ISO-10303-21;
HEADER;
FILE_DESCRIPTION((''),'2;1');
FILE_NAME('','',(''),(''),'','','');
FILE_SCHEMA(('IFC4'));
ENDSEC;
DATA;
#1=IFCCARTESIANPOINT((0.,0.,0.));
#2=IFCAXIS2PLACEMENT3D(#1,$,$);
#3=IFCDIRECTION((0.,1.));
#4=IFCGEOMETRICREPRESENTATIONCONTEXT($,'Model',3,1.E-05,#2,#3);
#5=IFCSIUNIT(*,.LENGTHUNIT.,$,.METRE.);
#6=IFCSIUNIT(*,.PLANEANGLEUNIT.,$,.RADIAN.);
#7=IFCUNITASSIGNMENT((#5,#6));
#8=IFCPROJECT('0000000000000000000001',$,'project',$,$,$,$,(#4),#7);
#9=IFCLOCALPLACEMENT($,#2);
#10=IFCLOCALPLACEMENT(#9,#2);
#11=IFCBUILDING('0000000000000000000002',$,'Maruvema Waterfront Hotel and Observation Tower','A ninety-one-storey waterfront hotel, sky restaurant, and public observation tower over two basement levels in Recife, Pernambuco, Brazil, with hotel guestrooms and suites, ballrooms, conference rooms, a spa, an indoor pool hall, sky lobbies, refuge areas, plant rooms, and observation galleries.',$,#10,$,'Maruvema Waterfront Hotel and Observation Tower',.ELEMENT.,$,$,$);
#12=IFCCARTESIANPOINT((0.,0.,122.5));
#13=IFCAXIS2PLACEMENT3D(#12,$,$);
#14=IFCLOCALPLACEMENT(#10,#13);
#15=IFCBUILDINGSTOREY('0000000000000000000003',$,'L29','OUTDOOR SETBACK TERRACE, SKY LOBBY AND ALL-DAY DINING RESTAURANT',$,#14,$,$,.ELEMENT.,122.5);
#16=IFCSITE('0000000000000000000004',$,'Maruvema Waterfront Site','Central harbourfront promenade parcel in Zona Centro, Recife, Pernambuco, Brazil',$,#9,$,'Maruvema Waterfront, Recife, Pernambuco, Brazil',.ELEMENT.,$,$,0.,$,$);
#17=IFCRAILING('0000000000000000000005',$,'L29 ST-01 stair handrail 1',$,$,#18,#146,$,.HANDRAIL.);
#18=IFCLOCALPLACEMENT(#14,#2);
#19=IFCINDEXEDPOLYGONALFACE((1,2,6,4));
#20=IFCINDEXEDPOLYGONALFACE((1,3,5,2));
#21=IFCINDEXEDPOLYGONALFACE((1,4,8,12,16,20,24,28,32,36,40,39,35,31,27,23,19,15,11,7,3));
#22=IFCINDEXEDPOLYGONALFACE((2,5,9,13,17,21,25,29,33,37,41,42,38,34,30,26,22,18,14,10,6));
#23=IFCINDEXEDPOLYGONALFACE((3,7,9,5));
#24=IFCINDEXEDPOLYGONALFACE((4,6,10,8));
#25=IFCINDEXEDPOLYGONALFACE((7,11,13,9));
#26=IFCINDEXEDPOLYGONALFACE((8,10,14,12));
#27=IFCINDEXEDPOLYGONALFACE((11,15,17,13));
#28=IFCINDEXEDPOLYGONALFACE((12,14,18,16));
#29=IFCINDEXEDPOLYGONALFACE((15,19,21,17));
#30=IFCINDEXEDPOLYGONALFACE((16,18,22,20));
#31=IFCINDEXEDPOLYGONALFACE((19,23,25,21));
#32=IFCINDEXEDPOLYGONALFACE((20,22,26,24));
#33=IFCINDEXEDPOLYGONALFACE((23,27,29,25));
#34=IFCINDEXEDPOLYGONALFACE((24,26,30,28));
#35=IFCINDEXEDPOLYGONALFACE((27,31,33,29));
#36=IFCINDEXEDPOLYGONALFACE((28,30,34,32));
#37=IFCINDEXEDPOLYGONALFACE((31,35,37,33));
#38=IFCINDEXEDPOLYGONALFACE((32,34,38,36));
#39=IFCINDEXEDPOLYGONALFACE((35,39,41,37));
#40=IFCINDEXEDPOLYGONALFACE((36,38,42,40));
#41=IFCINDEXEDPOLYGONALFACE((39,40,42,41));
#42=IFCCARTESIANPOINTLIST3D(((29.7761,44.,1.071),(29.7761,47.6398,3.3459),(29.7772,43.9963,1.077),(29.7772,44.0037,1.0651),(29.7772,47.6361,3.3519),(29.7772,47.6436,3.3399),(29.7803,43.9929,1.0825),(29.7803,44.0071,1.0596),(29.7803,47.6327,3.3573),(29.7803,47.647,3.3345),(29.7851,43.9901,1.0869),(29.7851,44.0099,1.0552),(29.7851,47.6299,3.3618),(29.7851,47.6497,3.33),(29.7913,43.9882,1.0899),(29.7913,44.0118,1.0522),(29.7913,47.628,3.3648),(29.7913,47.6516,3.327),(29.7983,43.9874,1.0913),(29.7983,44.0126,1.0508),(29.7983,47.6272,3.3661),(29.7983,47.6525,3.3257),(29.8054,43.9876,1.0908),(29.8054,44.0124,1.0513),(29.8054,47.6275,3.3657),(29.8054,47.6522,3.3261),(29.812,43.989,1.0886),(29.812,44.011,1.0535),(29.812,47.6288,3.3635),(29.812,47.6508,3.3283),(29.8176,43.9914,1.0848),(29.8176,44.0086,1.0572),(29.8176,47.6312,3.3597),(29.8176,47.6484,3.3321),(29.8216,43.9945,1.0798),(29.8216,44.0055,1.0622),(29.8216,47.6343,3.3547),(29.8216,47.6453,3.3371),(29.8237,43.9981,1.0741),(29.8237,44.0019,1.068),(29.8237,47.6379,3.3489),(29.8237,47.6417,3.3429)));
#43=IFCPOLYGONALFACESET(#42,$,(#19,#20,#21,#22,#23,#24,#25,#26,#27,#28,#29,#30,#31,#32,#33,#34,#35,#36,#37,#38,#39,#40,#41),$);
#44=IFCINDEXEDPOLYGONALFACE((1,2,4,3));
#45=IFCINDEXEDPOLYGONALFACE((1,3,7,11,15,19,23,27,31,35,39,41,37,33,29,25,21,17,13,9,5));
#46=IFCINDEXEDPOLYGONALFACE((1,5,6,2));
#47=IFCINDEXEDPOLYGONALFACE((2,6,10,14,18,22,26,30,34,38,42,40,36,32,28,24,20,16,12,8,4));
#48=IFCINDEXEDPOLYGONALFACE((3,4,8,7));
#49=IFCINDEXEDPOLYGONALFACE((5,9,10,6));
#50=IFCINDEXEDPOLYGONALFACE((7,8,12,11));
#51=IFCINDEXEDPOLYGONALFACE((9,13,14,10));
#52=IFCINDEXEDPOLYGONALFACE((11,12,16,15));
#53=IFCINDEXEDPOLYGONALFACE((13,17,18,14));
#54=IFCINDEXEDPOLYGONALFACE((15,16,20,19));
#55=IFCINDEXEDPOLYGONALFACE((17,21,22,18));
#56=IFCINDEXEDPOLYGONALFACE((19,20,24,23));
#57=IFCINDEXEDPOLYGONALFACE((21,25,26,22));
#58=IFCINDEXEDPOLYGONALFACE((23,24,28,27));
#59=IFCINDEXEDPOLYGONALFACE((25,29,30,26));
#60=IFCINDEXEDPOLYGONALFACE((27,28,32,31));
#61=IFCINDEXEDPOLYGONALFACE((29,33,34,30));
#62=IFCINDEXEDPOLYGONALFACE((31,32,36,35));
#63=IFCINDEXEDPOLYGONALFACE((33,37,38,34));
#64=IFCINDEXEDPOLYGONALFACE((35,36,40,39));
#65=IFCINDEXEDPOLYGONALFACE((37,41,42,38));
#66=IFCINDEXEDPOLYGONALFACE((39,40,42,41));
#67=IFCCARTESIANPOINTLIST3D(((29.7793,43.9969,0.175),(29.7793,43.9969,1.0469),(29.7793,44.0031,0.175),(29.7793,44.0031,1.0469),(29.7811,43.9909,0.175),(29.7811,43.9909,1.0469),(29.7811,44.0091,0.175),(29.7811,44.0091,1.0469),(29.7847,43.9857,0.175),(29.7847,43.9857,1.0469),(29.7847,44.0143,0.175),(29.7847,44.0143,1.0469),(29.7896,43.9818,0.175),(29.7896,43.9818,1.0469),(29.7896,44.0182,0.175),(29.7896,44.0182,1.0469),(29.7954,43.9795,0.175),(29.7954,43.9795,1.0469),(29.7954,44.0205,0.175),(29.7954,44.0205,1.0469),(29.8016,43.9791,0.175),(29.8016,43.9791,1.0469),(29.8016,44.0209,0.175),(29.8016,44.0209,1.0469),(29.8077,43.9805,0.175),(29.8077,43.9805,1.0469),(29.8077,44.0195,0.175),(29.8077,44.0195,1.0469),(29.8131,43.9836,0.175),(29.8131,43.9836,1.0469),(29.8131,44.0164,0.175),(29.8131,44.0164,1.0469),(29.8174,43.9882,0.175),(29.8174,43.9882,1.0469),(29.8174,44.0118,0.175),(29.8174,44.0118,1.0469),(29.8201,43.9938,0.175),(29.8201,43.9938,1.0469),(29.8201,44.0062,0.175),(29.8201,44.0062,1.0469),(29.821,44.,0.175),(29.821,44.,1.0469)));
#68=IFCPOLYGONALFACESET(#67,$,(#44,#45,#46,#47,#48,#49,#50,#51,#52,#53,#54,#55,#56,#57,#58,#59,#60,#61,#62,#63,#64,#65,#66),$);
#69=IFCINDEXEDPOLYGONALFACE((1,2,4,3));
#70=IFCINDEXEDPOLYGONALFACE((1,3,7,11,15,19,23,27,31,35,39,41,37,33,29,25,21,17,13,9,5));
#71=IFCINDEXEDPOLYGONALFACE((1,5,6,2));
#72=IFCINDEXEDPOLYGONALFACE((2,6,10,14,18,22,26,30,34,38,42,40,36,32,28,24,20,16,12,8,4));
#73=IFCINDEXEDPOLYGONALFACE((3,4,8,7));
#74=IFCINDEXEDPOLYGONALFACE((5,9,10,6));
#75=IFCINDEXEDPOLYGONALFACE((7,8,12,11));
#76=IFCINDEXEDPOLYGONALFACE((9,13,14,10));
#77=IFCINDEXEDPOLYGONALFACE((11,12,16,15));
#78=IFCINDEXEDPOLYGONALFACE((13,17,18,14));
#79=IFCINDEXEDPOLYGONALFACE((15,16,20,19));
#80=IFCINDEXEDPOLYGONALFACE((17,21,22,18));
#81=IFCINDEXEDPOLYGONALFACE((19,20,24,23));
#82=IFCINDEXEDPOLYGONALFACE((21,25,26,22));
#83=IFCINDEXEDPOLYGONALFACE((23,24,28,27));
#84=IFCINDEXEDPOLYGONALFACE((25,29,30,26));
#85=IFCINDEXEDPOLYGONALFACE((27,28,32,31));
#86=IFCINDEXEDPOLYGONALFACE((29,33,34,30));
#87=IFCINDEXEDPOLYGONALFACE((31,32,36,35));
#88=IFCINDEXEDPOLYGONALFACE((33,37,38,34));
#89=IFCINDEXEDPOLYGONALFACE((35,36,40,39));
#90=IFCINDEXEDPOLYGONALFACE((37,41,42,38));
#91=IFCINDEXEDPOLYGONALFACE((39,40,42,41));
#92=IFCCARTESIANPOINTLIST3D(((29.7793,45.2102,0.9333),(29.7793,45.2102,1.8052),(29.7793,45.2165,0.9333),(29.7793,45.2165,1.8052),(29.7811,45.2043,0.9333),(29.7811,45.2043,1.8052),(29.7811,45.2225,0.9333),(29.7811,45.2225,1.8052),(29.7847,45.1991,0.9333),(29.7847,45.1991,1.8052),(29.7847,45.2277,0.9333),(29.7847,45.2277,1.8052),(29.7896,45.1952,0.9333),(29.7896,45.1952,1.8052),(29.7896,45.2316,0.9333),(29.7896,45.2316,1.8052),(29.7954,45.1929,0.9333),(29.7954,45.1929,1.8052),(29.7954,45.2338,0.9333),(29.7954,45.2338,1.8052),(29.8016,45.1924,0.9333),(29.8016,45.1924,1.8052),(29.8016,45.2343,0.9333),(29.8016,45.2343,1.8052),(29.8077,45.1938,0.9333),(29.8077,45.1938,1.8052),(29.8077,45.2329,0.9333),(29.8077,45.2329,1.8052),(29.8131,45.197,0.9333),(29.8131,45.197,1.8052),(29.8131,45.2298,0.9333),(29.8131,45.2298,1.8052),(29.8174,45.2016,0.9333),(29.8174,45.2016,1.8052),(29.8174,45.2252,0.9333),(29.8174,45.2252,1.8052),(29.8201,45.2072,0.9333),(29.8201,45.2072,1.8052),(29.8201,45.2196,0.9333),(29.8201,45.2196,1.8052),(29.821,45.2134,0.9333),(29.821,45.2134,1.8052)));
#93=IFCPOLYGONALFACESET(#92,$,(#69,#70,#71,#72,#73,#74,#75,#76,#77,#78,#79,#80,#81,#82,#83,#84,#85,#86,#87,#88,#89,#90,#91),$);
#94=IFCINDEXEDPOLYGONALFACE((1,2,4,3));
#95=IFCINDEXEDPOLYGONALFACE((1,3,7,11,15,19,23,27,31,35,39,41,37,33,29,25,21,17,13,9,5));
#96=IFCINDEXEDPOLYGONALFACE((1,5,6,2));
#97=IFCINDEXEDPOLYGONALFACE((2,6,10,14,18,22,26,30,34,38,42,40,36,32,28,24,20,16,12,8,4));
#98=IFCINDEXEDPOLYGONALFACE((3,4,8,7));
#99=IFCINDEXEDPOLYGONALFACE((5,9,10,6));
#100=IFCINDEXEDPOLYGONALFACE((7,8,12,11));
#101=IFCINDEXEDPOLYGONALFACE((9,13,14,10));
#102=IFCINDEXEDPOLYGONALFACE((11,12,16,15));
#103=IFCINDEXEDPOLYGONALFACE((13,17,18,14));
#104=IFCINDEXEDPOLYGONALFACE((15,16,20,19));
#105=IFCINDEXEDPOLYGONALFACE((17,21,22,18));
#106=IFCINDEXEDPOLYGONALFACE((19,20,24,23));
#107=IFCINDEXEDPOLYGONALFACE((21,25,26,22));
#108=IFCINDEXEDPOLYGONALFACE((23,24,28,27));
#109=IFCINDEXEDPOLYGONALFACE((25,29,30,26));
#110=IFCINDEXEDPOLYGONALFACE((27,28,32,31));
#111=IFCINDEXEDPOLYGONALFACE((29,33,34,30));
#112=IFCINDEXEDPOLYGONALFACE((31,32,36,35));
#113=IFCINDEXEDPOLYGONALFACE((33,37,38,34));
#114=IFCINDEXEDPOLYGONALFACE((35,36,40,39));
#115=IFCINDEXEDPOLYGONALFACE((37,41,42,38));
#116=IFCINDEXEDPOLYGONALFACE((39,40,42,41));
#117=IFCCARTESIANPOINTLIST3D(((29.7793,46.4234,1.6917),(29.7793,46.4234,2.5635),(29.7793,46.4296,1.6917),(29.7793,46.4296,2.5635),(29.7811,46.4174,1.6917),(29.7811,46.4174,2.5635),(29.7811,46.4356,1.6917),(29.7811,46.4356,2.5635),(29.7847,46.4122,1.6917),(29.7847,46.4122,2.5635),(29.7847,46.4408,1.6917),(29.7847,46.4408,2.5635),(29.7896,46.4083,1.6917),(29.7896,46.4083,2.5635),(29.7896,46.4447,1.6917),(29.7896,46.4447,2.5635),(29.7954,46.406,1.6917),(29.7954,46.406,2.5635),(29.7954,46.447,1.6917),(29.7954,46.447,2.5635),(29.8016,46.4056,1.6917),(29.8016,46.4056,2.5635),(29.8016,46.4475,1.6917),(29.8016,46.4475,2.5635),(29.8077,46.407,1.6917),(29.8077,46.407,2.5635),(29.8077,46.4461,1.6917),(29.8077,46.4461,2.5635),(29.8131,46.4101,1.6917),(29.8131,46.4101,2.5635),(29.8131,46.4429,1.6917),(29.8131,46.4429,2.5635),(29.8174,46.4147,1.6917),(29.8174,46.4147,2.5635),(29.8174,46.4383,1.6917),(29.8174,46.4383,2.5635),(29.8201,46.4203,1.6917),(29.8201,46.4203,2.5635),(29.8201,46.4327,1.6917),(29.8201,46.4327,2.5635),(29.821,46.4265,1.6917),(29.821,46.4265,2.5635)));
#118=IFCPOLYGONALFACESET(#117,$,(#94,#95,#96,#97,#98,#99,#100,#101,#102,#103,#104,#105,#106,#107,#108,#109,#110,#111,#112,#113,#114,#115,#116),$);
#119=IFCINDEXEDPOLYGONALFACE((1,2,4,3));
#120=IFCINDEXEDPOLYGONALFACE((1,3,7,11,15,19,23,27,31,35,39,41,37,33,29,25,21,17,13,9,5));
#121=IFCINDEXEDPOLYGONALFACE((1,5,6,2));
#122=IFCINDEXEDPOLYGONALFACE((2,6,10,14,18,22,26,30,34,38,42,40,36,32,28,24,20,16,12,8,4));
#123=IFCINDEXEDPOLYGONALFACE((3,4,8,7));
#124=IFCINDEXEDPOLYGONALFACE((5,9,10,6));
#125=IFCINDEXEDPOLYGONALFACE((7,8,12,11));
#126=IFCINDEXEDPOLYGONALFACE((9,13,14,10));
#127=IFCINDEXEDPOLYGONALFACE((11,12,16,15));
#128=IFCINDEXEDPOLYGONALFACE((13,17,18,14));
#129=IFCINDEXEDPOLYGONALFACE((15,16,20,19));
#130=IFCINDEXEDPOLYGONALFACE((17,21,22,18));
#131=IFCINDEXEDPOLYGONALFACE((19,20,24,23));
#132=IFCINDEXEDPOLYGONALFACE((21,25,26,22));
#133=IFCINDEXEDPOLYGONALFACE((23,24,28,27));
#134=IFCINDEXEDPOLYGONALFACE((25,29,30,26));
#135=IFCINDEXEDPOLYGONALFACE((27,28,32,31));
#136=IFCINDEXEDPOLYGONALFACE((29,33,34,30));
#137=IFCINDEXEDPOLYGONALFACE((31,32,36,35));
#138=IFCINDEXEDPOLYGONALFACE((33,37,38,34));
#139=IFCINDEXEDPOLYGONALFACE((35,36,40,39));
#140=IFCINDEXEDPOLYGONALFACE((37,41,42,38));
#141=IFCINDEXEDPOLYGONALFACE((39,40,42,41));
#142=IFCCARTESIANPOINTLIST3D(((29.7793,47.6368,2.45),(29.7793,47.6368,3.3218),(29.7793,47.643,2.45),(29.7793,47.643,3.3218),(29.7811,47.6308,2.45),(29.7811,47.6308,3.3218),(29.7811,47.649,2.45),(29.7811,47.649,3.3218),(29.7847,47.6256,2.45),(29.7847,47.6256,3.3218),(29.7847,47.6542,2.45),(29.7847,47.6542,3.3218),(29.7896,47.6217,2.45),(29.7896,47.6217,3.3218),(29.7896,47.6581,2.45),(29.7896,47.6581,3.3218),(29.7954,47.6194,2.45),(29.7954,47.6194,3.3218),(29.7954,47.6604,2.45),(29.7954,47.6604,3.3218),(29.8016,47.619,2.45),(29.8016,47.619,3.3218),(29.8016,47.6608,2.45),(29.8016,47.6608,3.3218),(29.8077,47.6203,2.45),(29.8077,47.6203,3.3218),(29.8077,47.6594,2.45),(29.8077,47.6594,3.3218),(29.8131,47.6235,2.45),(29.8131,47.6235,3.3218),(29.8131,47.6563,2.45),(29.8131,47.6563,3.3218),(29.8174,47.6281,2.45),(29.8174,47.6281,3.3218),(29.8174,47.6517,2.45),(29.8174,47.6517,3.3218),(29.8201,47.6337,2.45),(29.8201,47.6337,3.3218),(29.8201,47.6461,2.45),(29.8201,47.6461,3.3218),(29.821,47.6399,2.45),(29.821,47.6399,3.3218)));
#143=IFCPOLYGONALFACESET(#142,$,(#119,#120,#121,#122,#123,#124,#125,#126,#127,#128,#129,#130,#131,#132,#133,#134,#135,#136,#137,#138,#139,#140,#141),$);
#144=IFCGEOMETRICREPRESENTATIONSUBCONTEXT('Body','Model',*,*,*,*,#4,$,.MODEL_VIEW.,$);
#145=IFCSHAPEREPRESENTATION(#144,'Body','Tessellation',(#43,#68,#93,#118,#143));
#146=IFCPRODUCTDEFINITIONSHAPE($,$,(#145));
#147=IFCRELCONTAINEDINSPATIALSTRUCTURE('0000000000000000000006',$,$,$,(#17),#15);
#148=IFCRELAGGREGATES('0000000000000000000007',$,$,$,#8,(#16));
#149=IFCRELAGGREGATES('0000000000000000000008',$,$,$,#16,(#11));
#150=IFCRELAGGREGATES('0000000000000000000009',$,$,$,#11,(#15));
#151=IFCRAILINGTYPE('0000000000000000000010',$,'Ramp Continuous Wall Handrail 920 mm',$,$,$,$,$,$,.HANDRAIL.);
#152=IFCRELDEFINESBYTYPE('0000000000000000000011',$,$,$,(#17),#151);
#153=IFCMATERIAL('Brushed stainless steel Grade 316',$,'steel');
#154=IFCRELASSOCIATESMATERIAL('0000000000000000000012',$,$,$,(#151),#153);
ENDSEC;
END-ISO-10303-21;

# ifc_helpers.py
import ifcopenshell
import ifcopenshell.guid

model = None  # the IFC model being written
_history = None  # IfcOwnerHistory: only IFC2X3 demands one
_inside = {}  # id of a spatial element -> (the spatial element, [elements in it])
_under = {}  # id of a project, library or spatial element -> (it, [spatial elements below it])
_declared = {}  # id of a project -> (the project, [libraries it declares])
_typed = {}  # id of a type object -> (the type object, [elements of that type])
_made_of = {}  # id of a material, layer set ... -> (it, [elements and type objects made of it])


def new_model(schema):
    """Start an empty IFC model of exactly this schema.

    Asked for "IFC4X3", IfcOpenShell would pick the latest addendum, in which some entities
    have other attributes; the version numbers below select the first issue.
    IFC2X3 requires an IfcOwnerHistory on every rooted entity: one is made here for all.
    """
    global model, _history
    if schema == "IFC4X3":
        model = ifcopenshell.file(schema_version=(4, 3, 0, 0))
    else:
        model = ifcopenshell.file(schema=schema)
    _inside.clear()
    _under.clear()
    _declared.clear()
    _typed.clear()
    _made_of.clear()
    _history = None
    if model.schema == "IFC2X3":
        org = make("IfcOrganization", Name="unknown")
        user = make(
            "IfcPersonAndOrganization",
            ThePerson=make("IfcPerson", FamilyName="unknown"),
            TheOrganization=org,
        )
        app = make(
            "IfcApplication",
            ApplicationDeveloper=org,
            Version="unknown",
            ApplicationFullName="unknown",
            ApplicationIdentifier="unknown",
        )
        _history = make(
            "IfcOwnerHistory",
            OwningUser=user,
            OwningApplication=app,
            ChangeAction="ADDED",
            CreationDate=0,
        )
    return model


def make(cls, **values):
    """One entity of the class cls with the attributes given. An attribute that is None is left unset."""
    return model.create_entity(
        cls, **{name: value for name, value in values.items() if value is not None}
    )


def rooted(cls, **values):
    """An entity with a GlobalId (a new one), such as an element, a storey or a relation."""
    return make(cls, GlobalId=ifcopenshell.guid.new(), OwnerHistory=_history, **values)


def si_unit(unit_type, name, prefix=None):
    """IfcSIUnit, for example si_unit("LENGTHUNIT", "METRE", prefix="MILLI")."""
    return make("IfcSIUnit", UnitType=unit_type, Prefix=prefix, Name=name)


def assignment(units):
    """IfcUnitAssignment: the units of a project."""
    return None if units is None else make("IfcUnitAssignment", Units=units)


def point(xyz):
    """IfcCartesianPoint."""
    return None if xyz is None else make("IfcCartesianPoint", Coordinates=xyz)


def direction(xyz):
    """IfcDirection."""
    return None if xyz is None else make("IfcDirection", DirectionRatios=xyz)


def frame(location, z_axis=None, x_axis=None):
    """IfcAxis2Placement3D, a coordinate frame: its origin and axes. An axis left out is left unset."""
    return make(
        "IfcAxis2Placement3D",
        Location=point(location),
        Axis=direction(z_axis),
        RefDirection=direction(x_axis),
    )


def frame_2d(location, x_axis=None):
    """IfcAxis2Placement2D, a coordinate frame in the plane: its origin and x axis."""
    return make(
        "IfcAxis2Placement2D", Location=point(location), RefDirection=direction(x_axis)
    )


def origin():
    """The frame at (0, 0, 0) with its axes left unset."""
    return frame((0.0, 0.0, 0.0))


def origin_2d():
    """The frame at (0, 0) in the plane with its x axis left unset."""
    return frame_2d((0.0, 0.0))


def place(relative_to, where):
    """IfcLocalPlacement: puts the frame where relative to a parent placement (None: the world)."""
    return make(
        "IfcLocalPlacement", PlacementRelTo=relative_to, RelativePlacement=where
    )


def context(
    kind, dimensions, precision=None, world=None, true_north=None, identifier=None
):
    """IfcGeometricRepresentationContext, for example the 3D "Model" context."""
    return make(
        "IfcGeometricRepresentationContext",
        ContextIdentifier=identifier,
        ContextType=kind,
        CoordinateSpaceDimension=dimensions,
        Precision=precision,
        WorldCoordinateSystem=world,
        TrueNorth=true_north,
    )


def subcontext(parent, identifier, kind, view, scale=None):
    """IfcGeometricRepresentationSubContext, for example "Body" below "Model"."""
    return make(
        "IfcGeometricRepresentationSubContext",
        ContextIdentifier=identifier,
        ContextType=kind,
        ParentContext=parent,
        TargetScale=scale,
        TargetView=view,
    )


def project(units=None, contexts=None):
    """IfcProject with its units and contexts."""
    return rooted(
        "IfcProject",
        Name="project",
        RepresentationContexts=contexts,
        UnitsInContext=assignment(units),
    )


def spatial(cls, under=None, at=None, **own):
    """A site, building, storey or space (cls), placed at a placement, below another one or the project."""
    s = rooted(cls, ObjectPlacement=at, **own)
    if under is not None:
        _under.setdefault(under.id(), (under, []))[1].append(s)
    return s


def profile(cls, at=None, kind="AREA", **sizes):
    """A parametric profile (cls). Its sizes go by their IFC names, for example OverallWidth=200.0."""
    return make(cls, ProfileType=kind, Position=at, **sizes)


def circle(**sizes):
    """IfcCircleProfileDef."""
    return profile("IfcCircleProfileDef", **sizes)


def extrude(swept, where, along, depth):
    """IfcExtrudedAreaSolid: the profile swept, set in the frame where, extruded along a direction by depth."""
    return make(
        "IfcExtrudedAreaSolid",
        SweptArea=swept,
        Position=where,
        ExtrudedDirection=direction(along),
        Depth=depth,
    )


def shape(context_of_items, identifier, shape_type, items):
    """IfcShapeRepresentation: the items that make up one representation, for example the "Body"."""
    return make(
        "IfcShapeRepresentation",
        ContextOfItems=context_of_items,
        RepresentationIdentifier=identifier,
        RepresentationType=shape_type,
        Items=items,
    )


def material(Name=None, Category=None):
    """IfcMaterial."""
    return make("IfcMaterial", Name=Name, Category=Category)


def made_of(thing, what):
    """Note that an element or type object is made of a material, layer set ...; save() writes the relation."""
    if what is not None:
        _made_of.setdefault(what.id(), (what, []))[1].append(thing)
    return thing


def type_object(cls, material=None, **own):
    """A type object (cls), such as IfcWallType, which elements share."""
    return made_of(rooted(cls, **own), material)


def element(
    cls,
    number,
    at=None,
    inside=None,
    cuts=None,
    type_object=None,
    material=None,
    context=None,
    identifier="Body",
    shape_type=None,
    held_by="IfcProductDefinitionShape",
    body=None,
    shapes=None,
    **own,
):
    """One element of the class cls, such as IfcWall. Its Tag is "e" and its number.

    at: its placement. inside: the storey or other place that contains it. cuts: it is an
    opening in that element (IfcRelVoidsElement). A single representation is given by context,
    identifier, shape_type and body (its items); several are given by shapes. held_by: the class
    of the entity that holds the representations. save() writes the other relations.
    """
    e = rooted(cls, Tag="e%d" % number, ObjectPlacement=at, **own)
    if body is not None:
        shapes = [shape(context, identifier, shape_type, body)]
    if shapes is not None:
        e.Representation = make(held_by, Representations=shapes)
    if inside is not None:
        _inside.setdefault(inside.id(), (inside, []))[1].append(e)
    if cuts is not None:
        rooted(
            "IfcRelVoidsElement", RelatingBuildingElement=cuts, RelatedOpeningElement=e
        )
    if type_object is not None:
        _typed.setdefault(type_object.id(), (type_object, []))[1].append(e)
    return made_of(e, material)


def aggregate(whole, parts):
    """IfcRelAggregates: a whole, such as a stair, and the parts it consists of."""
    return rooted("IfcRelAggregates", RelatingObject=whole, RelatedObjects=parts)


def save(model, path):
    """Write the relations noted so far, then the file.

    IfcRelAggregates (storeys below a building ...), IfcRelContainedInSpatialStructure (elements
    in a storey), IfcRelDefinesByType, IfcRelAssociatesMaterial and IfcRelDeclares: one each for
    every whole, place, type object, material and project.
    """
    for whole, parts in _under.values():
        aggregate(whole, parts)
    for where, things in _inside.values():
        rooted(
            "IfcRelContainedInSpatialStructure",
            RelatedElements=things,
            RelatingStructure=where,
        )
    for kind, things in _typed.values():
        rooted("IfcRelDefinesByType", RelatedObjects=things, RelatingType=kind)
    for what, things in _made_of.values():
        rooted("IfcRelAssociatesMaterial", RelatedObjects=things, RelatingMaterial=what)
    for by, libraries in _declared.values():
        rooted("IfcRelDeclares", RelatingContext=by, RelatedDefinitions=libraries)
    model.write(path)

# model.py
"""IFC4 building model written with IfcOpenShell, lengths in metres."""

from ifc_helpers import new_model, si_unit, direction, frame, origin, origin_2d, place, context, subcontext, project, spatial, circle, extrude, material, type_object, element, save


model = new_model("IFC4")

# Units and contexts
model_context = context("Model", 3, precision=1e-05, world=origin(), true_north=direction((0.0, 1.0)))
body_context = subcontext(model_context, "Body", "Model", "MODEL_VIEW")
ifc_project = project(units=[si_unit("LENGTHUNIT", "METRE"), si_unit("PLANEANGLEUNIT", "RADIAN")], contexts=[model_context])

# Site, building, storey
site_placement = place(None, origin())
site = spatial("IfcSite", under=ifc_project, at=site_placement, Name="Maruvema Waterfront Site", Description="Central harbourfront promenade parcel in Zona Centro, Recife, Pernambuco, Brazil", LongName="Maruvema Waterfront, Recife, Pernambuco, Brazil", CompositionType="ELEMENT", RefElevation=0.0)
building_placement = place(site_placement, origin())
building = spatial("IfcBuilding", under=site, at=building_placement, Name="Maruvema Waterfront Hotel and Observation Tower", Description="A ninety-one-storey waterfront hotel, sky restaurant, and public observation tower over two basement levels in Recife, Pernambuco, Brazil, with hotel guestrooms and suites, ballrooms, conference rooms, a spa, an indoor pool hall, sky lobbies, refuge areas, plant rooms, and observation galleries.", LongName="Maruvema Waterfront Hotel and Observation Tower", CompositionType="ELEMENT")
storey_placement = place(building_placement, frame((0.0, 0.0, 122.5)))
storey = spatial("IfcBuildingStorey", under=building, at=storey_placement, Name="L29", Description="OUTDOOR SETBACK TERRACE, SKY LOBBY AND ALL-DAY DINING RESTAURANT", CompositionType="ELEMENT", Elevation=122.5)

# Railing
ifc_material_1 = material(Name="Brushed stainless steel Grade 316", Category="steel")
railing_type_1 = type_object("IfcRailingType", Name="Ramp Continuous Wall Handrail 920 mm", PredefinedType="HANDRAIL", material=ifc_material_1)
railing_1_placement = place(storey_placement, frame((29.8, 44.0, 0.175)))
element("IfcRailing", 1, at=railing_1_placement, inside=storey, type_object=railing_type_1, Name="L29 ST-01 stair handrail 1", PredefinedType="HANDRAIL", context=body_context, shape_type="SweptSolid", body=[
    extrude(circle(Radius=0.0239, at=origin_2d()), frame((0.0, 0.0, 0.896), z_axis=(0.0, 0.848001, 0.529994), x_axis=(-1.0, 0.0, 0.0)), (0.0, 0.0, 1.0), 4.2922),
    extrude(circle(Radius=0.021, at=origin_2d()), origin(), (0.0, 0.0, 1.0), 0.8718),
    extrude(circle(Radius=0.021, at=origin_2d()), frame((0.0, 1.2134, 0.7583)), (0.0, 0.0, 1.0), 0.8718),
    extrude(circle(Radius=0.021, at=origin_2d()), frame((0.0, 2.4265, 1.5166)), (0.0, 0.0, 1.0), 0.8718),
    extrude(circle(Radius=0.021, at=origin_2d()), frame((0.0, 3.6399, 2.2749)), (0.0, 0.0, 1.0), 0.8718),
])

save(model, "model.ifc")
